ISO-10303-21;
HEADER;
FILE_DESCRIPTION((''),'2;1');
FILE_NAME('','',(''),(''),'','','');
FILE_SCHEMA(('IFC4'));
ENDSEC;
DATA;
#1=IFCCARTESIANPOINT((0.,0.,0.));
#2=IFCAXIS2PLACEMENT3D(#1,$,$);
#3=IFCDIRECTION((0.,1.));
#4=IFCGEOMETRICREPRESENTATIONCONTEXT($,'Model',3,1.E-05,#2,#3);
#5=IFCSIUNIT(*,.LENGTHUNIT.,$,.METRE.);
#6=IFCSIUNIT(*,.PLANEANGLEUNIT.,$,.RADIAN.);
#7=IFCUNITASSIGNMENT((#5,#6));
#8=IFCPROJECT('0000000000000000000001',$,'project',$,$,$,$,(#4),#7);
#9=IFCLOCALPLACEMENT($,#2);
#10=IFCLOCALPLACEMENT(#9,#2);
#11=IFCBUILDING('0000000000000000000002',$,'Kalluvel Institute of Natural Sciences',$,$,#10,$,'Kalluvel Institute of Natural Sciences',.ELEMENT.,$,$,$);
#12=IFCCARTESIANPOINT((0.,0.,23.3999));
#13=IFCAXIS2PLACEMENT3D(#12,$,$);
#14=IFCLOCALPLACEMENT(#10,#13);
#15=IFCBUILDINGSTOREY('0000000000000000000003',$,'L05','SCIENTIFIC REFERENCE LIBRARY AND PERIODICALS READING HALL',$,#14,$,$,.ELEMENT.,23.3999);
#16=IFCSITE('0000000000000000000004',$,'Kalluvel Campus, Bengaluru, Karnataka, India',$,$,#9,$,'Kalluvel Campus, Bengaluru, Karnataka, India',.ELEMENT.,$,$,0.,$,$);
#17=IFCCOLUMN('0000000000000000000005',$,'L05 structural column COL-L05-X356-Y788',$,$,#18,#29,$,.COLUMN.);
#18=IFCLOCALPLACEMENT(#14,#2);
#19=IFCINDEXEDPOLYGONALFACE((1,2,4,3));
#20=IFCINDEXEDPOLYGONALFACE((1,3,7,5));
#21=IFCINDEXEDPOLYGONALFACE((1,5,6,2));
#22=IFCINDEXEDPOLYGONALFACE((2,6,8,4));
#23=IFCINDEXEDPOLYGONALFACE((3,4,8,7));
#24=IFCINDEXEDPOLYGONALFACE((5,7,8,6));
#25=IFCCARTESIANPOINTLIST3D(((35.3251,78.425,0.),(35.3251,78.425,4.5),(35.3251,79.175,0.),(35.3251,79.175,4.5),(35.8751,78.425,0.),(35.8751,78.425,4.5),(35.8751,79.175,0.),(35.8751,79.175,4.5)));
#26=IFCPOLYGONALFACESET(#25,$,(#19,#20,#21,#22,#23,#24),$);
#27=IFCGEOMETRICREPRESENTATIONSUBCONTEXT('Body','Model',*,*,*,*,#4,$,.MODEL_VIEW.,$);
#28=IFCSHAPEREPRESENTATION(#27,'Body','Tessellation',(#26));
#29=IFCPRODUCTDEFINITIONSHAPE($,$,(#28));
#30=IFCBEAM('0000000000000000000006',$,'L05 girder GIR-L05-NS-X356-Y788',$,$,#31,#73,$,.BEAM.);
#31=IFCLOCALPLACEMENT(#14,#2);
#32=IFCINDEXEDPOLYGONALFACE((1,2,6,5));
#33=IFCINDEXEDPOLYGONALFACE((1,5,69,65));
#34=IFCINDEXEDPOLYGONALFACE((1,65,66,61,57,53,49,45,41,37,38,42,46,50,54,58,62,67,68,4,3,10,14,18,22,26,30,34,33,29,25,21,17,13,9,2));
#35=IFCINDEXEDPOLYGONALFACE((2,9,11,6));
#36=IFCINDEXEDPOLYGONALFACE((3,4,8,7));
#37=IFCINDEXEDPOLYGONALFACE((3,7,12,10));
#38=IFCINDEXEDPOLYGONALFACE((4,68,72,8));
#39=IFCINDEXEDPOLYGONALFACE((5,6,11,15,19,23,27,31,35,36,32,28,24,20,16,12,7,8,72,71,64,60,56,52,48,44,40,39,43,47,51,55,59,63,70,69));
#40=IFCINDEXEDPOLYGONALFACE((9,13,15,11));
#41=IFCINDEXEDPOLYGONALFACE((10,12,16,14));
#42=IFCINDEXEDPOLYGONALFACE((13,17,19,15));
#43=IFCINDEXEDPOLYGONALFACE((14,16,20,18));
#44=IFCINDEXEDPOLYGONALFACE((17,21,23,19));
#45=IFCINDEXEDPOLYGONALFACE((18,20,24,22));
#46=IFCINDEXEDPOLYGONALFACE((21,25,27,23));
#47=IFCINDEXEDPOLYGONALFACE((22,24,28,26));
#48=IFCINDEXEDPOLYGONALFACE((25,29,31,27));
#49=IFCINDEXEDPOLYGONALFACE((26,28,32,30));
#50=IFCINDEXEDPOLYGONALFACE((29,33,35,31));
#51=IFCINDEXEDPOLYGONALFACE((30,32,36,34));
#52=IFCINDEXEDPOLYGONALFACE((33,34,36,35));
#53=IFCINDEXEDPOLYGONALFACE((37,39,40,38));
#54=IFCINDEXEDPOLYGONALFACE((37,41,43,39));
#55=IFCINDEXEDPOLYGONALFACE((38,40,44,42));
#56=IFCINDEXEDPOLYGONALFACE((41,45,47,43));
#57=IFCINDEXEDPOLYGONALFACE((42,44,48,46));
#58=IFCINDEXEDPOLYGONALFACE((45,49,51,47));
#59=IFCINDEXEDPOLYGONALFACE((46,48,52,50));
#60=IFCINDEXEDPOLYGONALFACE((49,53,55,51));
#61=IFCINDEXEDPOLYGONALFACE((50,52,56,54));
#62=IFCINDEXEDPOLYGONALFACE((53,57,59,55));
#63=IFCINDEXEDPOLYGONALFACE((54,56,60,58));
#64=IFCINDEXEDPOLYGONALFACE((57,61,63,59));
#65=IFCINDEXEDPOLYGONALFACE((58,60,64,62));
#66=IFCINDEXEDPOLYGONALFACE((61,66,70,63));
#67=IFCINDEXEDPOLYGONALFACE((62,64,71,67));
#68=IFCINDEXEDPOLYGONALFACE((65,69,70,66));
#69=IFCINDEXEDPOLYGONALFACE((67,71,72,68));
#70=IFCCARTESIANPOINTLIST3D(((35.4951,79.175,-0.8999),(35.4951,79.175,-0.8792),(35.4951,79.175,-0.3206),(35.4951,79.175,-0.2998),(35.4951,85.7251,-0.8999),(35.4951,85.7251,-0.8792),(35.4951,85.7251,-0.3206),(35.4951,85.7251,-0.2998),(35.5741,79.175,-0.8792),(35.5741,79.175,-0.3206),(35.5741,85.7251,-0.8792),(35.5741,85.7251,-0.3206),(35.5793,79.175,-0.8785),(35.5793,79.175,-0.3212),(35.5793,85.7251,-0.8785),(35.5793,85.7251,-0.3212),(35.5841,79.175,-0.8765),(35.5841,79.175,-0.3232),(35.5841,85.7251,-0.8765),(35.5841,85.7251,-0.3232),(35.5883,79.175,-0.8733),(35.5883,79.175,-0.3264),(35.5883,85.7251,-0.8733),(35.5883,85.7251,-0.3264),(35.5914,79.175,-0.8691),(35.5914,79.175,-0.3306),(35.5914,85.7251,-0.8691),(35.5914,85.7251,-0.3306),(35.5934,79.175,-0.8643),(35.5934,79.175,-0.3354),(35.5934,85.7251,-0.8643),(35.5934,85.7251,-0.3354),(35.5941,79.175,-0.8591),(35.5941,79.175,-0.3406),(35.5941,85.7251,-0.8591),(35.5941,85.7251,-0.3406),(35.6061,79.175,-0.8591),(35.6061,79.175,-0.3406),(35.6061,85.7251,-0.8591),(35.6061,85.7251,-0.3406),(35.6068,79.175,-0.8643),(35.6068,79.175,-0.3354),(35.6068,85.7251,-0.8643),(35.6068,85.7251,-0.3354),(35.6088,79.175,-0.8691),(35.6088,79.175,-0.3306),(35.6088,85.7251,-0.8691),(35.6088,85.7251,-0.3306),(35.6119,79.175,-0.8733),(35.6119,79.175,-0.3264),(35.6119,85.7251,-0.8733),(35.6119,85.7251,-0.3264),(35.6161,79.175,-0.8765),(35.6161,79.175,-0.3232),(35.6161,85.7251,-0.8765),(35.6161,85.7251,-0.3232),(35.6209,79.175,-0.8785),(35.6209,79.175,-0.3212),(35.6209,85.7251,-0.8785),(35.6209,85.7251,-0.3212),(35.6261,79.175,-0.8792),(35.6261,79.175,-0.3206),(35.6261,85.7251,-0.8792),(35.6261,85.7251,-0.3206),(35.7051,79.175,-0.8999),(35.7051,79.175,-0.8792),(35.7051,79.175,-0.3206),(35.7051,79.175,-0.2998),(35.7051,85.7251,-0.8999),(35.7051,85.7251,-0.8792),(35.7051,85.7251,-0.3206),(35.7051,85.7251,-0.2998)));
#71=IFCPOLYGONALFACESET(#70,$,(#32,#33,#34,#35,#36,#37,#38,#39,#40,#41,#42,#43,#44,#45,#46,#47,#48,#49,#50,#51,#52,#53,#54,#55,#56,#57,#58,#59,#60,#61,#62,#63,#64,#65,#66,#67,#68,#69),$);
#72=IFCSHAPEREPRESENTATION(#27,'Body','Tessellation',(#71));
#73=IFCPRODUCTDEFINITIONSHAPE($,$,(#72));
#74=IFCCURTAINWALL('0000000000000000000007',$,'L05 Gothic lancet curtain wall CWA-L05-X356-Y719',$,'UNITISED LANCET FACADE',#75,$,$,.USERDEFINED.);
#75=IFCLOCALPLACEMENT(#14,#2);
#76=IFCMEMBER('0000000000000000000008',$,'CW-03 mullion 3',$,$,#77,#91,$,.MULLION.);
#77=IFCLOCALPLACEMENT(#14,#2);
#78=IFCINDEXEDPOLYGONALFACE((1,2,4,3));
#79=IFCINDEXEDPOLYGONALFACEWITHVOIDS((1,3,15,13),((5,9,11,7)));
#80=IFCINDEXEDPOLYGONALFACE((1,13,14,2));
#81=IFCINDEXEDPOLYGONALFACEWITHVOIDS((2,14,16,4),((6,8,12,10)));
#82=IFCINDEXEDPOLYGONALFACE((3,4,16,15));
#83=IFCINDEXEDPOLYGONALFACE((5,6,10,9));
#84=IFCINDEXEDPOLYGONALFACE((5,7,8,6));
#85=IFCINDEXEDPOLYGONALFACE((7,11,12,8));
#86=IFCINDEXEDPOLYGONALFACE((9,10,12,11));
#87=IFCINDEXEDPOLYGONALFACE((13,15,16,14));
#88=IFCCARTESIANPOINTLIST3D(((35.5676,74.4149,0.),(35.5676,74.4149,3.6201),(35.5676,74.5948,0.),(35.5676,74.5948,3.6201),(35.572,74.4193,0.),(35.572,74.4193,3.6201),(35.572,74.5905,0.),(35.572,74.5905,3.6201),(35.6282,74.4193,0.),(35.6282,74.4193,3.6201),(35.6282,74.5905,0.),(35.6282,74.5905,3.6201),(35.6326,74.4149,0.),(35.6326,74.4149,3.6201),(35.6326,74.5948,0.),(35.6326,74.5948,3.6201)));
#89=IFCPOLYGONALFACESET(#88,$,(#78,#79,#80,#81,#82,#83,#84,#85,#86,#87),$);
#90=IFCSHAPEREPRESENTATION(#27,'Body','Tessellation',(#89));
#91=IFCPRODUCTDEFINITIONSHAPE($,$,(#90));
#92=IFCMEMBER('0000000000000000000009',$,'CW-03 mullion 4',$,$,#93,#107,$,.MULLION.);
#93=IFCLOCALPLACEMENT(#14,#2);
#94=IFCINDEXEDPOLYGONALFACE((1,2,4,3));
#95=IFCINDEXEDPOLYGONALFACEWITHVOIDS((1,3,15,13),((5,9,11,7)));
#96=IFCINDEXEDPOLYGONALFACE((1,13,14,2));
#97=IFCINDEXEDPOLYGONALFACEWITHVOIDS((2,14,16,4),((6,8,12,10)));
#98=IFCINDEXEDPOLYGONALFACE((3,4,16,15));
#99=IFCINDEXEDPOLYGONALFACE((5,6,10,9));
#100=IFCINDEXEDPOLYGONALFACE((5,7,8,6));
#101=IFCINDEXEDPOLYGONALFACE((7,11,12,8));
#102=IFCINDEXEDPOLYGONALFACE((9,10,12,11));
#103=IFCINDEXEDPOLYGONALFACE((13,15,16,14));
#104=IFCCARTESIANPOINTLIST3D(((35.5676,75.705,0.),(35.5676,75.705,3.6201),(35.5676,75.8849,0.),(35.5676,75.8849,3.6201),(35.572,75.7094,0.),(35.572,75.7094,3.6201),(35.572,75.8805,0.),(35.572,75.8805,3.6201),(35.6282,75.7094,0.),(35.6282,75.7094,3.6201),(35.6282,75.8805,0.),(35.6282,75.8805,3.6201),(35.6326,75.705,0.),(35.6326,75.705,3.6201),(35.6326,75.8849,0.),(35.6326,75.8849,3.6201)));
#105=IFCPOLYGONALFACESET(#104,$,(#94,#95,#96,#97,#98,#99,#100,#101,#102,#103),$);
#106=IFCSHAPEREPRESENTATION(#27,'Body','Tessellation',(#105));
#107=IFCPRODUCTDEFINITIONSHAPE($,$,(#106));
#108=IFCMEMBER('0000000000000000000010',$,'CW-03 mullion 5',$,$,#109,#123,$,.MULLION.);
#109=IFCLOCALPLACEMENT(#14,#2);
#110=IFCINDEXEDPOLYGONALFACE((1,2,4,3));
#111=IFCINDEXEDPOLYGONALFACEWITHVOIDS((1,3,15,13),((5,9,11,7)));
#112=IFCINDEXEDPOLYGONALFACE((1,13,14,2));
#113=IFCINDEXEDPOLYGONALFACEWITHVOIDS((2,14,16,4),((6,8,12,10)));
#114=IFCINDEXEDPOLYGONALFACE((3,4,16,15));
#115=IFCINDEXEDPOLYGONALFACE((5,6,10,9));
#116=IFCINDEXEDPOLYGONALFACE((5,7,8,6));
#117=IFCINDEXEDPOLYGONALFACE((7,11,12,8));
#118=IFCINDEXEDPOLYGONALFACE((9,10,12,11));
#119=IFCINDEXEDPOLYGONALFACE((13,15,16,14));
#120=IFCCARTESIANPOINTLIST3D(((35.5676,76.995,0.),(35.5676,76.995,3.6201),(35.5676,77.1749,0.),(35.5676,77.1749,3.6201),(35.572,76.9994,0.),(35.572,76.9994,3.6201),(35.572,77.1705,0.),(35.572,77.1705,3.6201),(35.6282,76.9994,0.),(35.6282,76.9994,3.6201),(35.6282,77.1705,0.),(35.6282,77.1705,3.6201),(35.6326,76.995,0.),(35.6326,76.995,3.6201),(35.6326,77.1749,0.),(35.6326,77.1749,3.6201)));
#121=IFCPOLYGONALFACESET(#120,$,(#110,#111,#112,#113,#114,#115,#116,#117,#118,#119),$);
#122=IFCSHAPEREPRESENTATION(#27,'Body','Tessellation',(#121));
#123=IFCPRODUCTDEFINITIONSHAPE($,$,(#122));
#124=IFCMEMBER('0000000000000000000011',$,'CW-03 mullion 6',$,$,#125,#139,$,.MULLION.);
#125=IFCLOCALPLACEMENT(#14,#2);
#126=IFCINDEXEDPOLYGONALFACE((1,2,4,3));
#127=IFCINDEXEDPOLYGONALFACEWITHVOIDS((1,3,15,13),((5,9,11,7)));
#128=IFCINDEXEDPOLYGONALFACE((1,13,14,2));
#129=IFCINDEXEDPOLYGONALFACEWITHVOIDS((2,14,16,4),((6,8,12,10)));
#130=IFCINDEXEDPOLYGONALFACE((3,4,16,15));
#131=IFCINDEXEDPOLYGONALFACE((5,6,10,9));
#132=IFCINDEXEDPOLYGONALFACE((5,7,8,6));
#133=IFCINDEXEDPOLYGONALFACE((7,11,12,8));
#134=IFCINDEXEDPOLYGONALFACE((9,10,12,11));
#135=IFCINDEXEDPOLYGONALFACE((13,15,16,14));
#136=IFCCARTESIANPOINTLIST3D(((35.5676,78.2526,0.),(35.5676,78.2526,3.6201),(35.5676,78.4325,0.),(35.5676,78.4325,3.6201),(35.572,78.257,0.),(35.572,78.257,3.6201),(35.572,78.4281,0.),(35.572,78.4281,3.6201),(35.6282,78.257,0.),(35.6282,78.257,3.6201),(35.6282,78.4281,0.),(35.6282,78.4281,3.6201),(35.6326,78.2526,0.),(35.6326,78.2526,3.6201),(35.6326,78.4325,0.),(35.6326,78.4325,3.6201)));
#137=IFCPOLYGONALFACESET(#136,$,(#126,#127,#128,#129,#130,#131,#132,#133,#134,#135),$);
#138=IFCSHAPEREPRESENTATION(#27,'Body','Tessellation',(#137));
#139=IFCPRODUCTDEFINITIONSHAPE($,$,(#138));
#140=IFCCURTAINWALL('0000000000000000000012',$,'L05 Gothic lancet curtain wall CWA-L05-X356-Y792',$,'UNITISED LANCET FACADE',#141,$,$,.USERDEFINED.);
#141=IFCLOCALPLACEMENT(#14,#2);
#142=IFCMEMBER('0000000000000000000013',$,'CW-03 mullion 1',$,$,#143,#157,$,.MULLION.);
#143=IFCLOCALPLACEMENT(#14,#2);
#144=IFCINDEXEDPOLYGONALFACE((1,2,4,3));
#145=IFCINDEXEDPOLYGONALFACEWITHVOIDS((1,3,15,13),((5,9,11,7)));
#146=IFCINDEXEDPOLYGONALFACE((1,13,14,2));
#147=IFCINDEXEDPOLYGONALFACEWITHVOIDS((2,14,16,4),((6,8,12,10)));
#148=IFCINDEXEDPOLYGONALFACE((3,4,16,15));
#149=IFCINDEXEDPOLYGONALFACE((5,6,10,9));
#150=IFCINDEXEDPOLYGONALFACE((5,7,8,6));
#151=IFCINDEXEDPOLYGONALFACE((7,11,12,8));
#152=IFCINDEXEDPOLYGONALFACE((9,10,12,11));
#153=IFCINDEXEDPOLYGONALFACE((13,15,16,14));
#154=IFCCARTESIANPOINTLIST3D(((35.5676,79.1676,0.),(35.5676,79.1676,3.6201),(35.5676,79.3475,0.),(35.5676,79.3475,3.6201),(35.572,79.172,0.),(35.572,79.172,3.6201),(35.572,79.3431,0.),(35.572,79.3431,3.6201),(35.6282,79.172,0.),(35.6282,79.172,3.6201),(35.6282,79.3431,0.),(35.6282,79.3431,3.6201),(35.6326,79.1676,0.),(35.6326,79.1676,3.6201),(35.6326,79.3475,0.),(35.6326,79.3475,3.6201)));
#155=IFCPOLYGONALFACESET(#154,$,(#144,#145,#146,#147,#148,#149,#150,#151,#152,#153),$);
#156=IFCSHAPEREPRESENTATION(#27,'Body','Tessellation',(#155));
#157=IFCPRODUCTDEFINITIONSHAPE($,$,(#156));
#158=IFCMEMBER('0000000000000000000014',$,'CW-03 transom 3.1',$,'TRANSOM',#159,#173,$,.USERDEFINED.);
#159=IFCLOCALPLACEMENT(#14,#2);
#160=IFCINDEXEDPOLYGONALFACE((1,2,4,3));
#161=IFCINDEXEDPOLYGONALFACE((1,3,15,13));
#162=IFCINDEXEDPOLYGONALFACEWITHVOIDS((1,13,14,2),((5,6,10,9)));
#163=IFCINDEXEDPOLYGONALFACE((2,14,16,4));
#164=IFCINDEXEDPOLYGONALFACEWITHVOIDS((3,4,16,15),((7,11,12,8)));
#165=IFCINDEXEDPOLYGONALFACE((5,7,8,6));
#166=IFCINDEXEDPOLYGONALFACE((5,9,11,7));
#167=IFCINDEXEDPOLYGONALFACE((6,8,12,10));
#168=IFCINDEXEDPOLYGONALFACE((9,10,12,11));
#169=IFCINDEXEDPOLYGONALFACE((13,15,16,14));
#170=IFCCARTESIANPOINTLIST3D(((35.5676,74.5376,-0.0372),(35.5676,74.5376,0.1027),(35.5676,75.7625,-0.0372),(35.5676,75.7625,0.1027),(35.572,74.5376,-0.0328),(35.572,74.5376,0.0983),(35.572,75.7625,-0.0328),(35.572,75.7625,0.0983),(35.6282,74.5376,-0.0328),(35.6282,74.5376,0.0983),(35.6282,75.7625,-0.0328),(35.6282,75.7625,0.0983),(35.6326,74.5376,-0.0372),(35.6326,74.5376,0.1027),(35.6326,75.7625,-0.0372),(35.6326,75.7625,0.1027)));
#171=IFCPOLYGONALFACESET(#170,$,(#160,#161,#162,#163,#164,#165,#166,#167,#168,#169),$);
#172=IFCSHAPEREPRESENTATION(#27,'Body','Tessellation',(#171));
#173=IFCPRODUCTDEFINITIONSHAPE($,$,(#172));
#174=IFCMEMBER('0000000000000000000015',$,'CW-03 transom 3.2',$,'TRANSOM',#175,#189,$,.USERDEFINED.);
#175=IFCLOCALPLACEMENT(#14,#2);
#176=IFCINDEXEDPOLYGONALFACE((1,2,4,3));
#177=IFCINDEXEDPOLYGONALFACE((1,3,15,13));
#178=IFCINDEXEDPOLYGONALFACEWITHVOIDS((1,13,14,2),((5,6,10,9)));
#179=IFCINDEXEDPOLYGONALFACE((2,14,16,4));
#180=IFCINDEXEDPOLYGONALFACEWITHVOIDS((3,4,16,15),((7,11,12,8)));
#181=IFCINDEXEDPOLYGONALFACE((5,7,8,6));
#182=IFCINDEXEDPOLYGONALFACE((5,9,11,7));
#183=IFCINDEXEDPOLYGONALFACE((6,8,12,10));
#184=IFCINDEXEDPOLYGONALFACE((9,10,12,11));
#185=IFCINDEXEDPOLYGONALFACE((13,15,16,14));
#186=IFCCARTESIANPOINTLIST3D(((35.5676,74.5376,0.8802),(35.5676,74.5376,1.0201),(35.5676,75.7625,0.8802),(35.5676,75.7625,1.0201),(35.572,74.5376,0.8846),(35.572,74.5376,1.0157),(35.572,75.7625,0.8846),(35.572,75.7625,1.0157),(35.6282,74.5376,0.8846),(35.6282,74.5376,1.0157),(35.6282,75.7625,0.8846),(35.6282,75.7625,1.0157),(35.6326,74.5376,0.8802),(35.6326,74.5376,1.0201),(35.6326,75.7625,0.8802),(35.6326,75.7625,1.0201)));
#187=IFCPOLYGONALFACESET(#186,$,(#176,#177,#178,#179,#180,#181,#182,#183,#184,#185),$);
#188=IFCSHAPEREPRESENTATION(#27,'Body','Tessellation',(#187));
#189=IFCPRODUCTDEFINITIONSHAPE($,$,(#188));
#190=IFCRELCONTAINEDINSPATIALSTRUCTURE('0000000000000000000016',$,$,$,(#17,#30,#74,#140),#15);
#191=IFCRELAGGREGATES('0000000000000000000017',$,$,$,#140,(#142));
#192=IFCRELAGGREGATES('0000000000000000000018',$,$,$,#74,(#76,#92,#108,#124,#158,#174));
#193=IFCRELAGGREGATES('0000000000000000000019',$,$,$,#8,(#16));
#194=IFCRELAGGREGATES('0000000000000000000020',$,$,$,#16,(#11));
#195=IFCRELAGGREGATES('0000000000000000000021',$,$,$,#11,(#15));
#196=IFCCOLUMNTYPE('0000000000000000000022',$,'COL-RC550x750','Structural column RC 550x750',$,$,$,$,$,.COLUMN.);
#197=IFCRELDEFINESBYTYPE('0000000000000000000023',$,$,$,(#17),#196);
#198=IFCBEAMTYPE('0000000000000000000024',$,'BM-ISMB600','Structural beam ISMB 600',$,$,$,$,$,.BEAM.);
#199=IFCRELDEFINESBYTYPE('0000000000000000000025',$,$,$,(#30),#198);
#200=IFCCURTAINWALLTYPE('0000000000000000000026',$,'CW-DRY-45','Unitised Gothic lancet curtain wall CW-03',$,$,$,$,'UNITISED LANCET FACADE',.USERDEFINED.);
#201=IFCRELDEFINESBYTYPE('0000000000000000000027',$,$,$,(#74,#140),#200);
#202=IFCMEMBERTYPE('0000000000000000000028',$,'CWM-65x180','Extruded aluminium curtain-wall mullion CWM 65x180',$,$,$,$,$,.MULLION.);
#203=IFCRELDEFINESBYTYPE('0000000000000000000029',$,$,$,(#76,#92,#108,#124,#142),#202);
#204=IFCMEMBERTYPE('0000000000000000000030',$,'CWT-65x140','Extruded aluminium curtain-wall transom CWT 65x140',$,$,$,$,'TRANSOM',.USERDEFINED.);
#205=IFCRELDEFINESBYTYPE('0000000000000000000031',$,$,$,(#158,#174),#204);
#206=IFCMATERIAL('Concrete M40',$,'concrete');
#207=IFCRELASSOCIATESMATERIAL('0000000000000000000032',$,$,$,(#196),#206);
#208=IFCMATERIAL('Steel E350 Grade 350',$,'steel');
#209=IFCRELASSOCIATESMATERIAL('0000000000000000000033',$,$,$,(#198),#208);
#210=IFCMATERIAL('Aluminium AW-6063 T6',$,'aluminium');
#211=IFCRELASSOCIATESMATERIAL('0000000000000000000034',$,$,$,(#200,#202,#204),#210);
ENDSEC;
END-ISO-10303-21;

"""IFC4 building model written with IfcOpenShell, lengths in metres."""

from ifc_helpers import new_model, si_unit, direction, frame, origin, origin_2d, place, context, subcontext, project, spatial, rectangle, hollow_rectangle, i_section, extrude, material, material_profile, profile_set, type_object, element, aggregate, save


model = new_model("IFC4")

# Units and contexts
model_context = context("Model", 3, precision=1e-05, world=origin(), true_north=direction((0.0, 1.0)))
body_context = subcontext(model_context, "Body", "Model", "MODEL_VIEW")
ifc_project = project(units=[si_unit("LENGTHUNIT", "METRE"), si_unit("PLANEANGLEUNIT", "RADIAN")], contexts=[model_context])

# Site, building, storey
site_placement = place(None, origin())
site = spatial("IfcSite", under=ifc_project, at=site_placement, Name="Kalluvel Campus, Bengaluru, Karnataka, India", LongName="Kalluvel Campus, Bengaluru, Karnataka, India", CompositionType="ELEMENT", RefElevation=0.0)
building_placement = place(site_placement, origin())
building = spatial("IfcBuilding", under=site, at=building_placement, Name="Kalluvel Institute of Natural Sciences", LongName="Kalluvel Institute of Natural Sciences", CompositionType="ELEMENT")
storey_placement = place(building_placement, frame((0.0, 0.0, 23.3999)))
storey = spatial("IfcBuildingStorey", under=building, at=storey_placement, Name="L05", Description="SCIENTIFIC REFERENCE LIBRARY AND PERIODICALS READING HALL", CompositionType="ELEMENT", Elevation=23.3999)

# Column
ifc_material_1 = material(Name="Concrete M40", Category="concrete")
ifc_material_profile_1 = material_profile(ifc_material_1, rectangle(XDim=0.55, YDim=0.75, at=origin_2d()), Name="RC 550x750")
ifc_profile_set_1 = profile_set([ifc_material_profile_1], Name="Concrete M40")
column_type = type_object("IfcColumnType", Name="COL-RC550x750", Description="Structural column RC 550x750", PredefinedType="COLUMN", material=ifc_profile_set_1)
column_placement = place(storey_placement, frame((35.6001, 78.8, 0.0), z_axis=(0.0, 0.0, 1.0), x_axis=(1.0, 0.0, 0.0)))
element("IfcColumn", 1, at=column_placement, inside=storey, type_object=column_type, Name="L05 structural column COL-L05-X356-Y788", PredefinedType="COLUMN", context=body_context, shape_type="SweptSolid", body=[
    extrude(rectangle(XDim=0.55, YDim=0.75, at=origin_2d()), origin(), (0.0, 0.0, 1.0), 4.5),
])

# Beam
ifc_material_2 = material(Name="Steel E350 Grade 350", Category="steel")
ifc_material_profile_2 = material_profile(ifc_material_2, i_section(OverallWidth=0.21, OverallDepth=0.6001, WebThickness=0.012, FlangeThickness=0.0208, FilletRadius=0.02, at=origin_2d()), Name="ISMB 600")
ifc_profile_set_2 = profile_set([ifc_material_profile_2], Name="Steel E350 Grade 350")
beam_type = type_object("IfcBeamType", Name="BM-ISMB600", Description="Structural beam ISMB 600", PredefinedType="BEAM", material=ifc_profile_set_2)
beam_placement = place(storey_placement, frame((35.6001, 79.175, -0.5999), z_axis=(0.0, 1.0, 0.0), x_axis=(-1.0, 0.0, 0.0)))
element("IfcBeam", 2, at=beam_placement, inside=storey, type_object=beam_type, Name="L05 girder GIR-L05-NS-X356-Y788", PredefinedType="BEAM", context=body_context, shape_type="SweptSolid", body=[
    extrude(i_section(OverallWidth=0.21, OverallDepth=0.6001, WebThickness=0.012, FlangeThickness=0.0208, FilletRadius=0.02, at=origin_2d()), origin(), (0.0, 0.0, 1.0), 6.55),
])

# Curtain wall, members
ifc_material_3 = material(Name="Aluminium AW-6063 T6", Category="aluminium")
curtain_wall_type = type_object("IfcCurtainWallType", Name="CW-DRY-45", Description="Unitised Gothic lancet curtain wall CW-03", ElementType="UNITISED LANCET FACADE", PredefinedType="USERDEFINED", material=ifc_material_3)
curtain_wall_1_placement = place(storey_placement, origin())
curtain_wall_1 = element("IfcCurtainWall", 3, at=curtain_wall_1_placement, inside=storey, type_object=curtain_wall_type, Name="L05 Gothic lancet curtain wall CWA-L05-X356-Y719", ObjectType="UNITISED LANCET FACADE", PredefinedType="USERDEFINED")
ifc_material_profile_3 = material_profile(ifc_material_3, hollow_rectangle(XDim=0.0649, YDim=0.1799, WallThickness=0.0044, at=origin_2d()), Name="CWM 65x180")
ifc_profile_set_3 = profile_set([ifc_material_profile_3], Name="Aluminium AW-6063 T6")
member_type_1 = type_object("IfcMemberType", Name="CWM-65x180", Description="Extruded aluminium curtain-wall mullion CWM 65x180", PredefinedType="MULLION", material=ifc_profile_set_3)
member_1_placement = place(storey_placement, frame((35.6001, 74.5049, 0.0), z_axis=(0.0, 0.0, 1.0), x_axis=(-1.0, 0.0, 0.0)))
member_1 = element("IfcMember", 4, at=member_1_placement, type_object=member_type_1, Name="CW-03 mullion 3", PredefinedType="MULLION", context=body_context, shape_type="SweptSolid", body=[
    extrude(hollow_rectangle(XDim=0.0649, YDim=0.1799, WallThickness=0.0044, at=origin_2d()), origin(), (0.0, 0.0, 1.0), 3.6201),
])
member_2_placement = place(storey_placement, frame((35.6001, 75.7949, 0.0), z_axis=(0.0, 0.0, 1.0), x_axis=(-1.0, 0.0, 0.0)))
member_2 = element("IfcMember", 5, at=member_2_placement, type_object=member_type_1, Name="CW-03 mullion 4", PredefinedType="MULLION", context=body_context, shape_type="SweptSolid", body=[
    extrude(hollow_rectangle(XDim=0.0649, YDim=0.1799, WallThickness=0.0044, at=origin_2d()), origin(), (0.0, 0.0, 1.0), 3.6201),
])
member_3_placement = place(storey_placement, frame((35.6001, 77.085, 0.0), z_axis=(0.0, 0.0, 1.0), x_axis=(-1.0, 0.0, 0.0)))
member_3 = element("IfcMember", 6, at=member_3_placement, type_object=member_type_1, Name="CW-03 mullion 5", PredefinedType="MULLION", context=body_context, shape_type="SweptSolid", body=[
    extrude(hollow_rectangle(XDim=0.0649, YDim=0.1799, WallThickness=0.0044, at=origin_2d()), origin(), (0.0, 0.0, 1.0), 3.6201),
])
member_4_placement = place(storey_placement, frame((35.6001, 78.3425, 0.0), z_axis=(0.0, 0.0, 1.0), x_axis=(-1.0, 0.0, 0.0)))
member_4 = element("IfcMember", 7, at=member_4_placement, type_object=member_type_1, Name="CW-03 mullion 6", PredefinedType="MULLION", context=body_context, shape_type="SweptSolid", body=[
    extrude(hollow_rectangle(XDim=0.0649, YDim=0.1799, WallThickness=0.0044, at=origin_2d()), origin(), (0.0, 0.0, 1.0), 3.6201),
])

# Curtain wall, member
curtain_wall_2_placement = place(storey_placement, origin())
curtain_wall_2 = element("IfcCurtainWall", 8, at=curtain_wall_2_placement, inside=storey, type_object=curtain_wall_type, Name="L05 Gothic lancet curtain wall CWA-L05-X356-Y792", ObjectType="UNITISED LANCET FACADE", PredefinedType="USERDEFINED")
member_5_placement = place(storey_placement, frame((35.6001, 79.2576, 0.0), z_axis=(0.0, 0.0, 1.0), x_axis=(-1.0, 0.0, 0.0)))
member_5 = element("IfcMember", 9, at=member_5_placement, type_object=member_type_1, Name="CW-03 mullion 1", PredefinedType="MULLION", context=body_context, shape_type="SweptSolid", body=[
    extrude(hollow_rectangle(XDim=0.0649, YDim=0.1799, WallThickness=0.0044, at=origin_2d()), origin(), (0.0, 0.0, 1.0), 3.6201),
])
aggregate(curtain_wall_2, [member_5])

# Members
ifc_material_profile_4 = material_profile(ifc_material_3, hollow_rectangle(XDim=0.0649, YDim=0.1399, WallThickness=0.0044, at=origin_2d()), Name="CWT 65x140")
ifc_profile_set_4 = profile_set([ifc_material_profile_4], Name="Aluminium AW-6063 T6")
member_type_2 = type_object("IfcMemberType", Name="CWT-65x140", Description="Extruded aluminium curtain-wall transom CWT 65x140", ElementType="TRANSOM", PredefinedType="USERDEFINED", material=ifc_profile_set_4)
member_6_placement = place(storey_placement, frame((35.6001, 74.5376, 0.0327), z_axis=(0.0, 1.0, 0.0), x_axis=(-1.0, 0.0, 0.0)))
member_6 = element("IfcMember", 10, at=member_6_placement, type_object=member_type_2, Name="CW-03 transom 3.1", ObjectType="TRANSOM", PredefinedType="USERDEFINED", context=body_context, shape_type="SweptSolid", body=[
    extrude(hollow_rectangle(XDim=0.0649, YDim=0.1399, WallThickness=0.0044, at=origin_2d()), origin(), (0.0, 0.0, 1.0), 1.2249),
])
member_7_placement = place(storey_placement, frame((35.6001, 74.5376, 0.9502), z_axis=(0.0, 1.0, 0.0), x_axis=(-1.0, 0.0, 0.0)))
member_7 = element("IfcMember", 11, at=member_7_placement, type_object=member_type_2, Name="CW-03 transom 3.2", ObjectType="TRANSOM", PredefinedType="USERDEFINED", context=body_context, shape_type="SweptSolid", body=[
    extrude(hollow_rectangle(XDim=0.0649, YDim=0.1399, WallThickness=0.0044, at=origin_2d()), origin(), (0.0, 0.0, 1.0), 1.2249),
])

aggregate(curtain_wall_1, [member_1, member_2, member_3, member_4, member_6, member_7])

save(model, "model.ifc")
